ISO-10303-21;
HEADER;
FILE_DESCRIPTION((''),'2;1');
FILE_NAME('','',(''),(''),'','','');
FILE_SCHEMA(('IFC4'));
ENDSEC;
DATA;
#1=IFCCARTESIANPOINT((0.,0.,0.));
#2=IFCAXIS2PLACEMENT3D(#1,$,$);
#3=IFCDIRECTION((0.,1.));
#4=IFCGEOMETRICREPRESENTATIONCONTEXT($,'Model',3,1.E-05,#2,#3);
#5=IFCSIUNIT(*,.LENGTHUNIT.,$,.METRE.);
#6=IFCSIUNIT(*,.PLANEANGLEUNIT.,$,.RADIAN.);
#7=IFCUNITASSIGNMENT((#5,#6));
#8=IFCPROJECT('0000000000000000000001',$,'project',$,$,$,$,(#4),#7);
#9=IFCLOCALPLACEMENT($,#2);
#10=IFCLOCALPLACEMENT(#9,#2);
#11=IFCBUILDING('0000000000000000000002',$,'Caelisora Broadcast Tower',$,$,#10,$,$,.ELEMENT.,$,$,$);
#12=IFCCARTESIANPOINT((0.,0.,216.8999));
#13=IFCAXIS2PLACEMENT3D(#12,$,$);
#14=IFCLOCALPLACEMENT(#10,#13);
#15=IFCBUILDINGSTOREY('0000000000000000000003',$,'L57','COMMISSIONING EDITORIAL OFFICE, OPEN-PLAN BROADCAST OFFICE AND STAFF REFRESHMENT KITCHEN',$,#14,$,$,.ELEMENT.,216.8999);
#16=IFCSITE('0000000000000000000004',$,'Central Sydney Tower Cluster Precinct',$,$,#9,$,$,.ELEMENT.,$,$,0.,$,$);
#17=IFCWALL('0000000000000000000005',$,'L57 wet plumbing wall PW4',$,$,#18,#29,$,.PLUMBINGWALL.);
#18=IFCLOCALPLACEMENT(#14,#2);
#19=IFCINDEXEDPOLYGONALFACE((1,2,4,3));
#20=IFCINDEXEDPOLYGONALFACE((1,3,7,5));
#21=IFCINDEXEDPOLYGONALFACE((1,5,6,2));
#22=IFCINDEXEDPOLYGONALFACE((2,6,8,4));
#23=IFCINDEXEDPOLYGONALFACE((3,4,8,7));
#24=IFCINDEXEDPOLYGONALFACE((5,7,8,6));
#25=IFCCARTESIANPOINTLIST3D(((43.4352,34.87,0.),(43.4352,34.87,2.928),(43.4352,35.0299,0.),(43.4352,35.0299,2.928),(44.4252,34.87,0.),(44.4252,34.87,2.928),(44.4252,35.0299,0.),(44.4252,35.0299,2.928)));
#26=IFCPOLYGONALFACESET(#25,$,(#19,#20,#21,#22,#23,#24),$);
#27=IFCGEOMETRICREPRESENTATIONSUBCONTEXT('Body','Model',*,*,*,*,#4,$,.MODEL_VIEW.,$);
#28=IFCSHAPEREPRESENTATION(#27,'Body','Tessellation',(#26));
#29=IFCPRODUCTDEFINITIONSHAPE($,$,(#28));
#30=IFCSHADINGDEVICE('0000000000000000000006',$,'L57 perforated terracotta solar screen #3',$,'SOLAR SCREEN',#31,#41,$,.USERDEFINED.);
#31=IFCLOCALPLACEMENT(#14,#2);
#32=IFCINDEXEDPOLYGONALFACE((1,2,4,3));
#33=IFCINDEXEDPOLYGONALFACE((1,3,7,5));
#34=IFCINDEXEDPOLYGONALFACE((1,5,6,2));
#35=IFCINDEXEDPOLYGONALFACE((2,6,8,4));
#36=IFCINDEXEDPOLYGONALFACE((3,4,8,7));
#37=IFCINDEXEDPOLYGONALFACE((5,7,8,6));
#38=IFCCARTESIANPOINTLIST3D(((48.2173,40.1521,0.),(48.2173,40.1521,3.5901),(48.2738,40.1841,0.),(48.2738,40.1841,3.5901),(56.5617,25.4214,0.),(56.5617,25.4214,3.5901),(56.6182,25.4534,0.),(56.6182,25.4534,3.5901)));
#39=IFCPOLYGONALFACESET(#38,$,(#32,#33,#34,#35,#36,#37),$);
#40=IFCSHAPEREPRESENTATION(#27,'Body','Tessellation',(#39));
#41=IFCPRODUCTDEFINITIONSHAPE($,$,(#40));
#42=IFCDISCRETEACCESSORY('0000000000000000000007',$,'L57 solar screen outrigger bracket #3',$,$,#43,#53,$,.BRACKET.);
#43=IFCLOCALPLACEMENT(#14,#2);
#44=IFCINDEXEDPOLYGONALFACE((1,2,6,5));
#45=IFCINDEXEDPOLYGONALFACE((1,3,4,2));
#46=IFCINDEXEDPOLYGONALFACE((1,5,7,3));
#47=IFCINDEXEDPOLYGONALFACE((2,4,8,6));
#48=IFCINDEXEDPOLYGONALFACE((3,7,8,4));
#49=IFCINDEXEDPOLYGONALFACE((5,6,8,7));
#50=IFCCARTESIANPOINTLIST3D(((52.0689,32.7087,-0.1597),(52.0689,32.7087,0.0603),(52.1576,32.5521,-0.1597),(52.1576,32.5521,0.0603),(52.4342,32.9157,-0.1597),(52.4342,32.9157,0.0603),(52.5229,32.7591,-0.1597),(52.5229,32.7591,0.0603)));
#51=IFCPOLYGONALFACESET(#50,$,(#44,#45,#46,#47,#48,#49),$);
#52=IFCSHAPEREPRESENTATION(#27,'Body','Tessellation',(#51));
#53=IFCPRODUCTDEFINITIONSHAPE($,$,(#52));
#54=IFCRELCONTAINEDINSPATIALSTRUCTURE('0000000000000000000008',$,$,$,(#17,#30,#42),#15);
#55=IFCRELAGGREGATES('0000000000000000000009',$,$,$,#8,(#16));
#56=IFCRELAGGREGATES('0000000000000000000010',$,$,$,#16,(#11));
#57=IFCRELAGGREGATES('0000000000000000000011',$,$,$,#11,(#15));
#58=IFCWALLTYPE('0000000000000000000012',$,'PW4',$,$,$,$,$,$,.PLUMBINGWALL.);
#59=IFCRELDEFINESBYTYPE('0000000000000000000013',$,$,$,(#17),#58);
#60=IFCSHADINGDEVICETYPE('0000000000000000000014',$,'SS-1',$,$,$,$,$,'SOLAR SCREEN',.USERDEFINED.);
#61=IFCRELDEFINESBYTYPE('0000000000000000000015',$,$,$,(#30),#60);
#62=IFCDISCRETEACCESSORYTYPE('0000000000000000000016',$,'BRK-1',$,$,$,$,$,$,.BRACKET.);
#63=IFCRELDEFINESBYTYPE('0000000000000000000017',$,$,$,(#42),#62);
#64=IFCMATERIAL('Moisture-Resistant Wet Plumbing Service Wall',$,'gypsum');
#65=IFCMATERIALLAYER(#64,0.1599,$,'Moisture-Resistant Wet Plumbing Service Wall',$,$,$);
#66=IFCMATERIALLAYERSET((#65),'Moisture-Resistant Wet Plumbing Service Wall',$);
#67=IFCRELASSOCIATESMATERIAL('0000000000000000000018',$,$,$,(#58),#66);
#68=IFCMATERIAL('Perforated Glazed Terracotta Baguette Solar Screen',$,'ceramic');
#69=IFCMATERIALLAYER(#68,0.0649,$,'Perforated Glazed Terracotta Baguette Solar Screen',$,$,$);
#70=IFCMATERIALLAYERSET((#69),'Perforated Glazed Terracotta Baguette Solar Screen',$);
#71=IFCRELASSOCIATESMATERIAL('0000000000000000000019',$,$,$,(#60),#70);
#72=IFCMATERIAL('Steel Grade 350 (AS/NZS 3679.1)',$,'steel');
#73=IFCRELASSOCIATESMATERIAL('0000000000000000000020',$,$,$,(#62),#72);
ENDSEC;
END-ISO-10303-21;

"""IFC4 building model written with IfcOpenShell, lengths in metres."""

from ifc_helpers import new_model, si_unit, direction, frame, frame_2d, origin, origin_2d, place, context, subcontext, project, spatial, rectangle, extrude, source, transform, mapped, material, layer, layer_set, type_object, type_shapes, element, save


model = new_model("IFC4")

# Units and contexts
model_context = context("Model", 3, precision=1e-05, world=origin(), true_north=direction((0.0, 1.0)))
body_context = subcontext(model_context, "Body", "Model", "MODEL_VIEW")
ifc_project = project(units=[si_unit("LENGTHUNIT", "METRE"), si_unit("PLANEANGLEUNIT", "RADIAN")], contexts=[model_context])

# Site, building, storey
site_placement = place(None, origin())
site = spatial("IfcSite", under=ifc_project, at=site_placement, Name="Central Sydney Tower Cluster Precinct", CompositionType="ELEMENT", RefElevation=0.0)
building_placement = place(site_placement, origin())
building = spatial("IfcBuilding", under=site, at=building_placement, Name="Caelisora Broadcast Tower", CompositionType="ELEMENT")
storey_placement = place(building_placement, frame((0.0, 0.0, 216.8999)))
storey = spatial("IfcBuildingStorey", under=building, at=storey_placement, Name="L57", Description="COMMISSIONING EDITORIAL OFFICE, OPEN-PLAN BROADCAST OFFICE AND STAFF REFRESHMENT KITCHEN", CompositionType="ELEMENT", Elevation=216.8999)

# Shared definitions
ifc_material_1 = material(Name="Steel Grade 350 (AS/NZS 3679.1)", Category="steel")

# Wall
ifc_material_2 = material(Name="Moisture-Resistant Wet Plumbing Service Wall", Category="gypsum")
ifc_layer_1 = layer(ifc_material_2, 0.1599, Name="Moisture-Resistant Wet Plumbing Service Wall")
ifc_layer_set_1 = layer_set([ifc_layer_1], Name="Moisture-Resistant Wet Plumbing Service Wall")
wall_type_1 = type_object("IfcWallType", Name="PW4", PredefinedType="PLUMBINGWALL", material=ifc_layer_set_1)
wall_1_placement = place(storey_placement, frame((43.4351, 34.95, 0.0), z_axis=(0.0, 0.0, 1.0), x_axis=(1.0, 0.0, 0.0)))
element("IfcWall", 1, at=wall_1_placement, inside=storey, type_object=wall_type_1, Name="L57 wet plumbing wall PW4", PredefinedType="PLUMBINGWALL", context=body_context, shape_type="SweptSolid", body=[
    extrude(rectangle(XDim=0.99, YDim=0.1599, at=frame_2d((0.4951, 0.0))), origin(), (0.0, 0.0, 1.0), 2.928),
])

# Shading device
ifc_material_3 = material(Name="Perforated Glazed Terracotta Baguette Solar Screen", Category="ceramic")
ifc_layer_2 = layer(ifc_material_3, 0.0649, Name="Perforated Glazed Terracotta Baguette Solar Screen")
ifc_layer_set_2 = layer_set([ifc_layer_2], Name="Perforated Glazed Terracotta Baguette Solar Screen")
shading_device_type = type_object("IfcShadingDeviceType", Name="SS-1", ElementType="SOLAR SCREEN", PredefinedType="USERDEFINED", material=ifc_layer_set_2)
shared_shape_1 = source(origin(), body_context, "Body", "SweptSolid", [
    extrude(rectangle(XDim=16.9299, YDim=0.0649, at=origin_2d()), origin(), (0.0, 0.0, 1.0), 3.5901),
])
type_shapes(shading_device_type, [shared_shape_1])
shading_device_placement = place(storey_placement, frame((52.4177, 32.8027, 0.0), z_axis=(0.0, 0.0, 1.0), x_axis=(-0.492879, 0.870098, 0.0)))
element("IfcShadingDevice", 2, at=shading_device_placement, inside=storey, type_object=shading_device_type, Name="L57 perforated terracotta solar screen #3", ObjectType="SOLAR SCREEN", PredefinedType="USERDEFINED", context=body_context, shape_type="MappedRepresentation", body=[
    mapped(shared_shape_1, transform((0.0, 0.0, 0.0), scale=1.0)),
])

# Discrete accessory
discrete_accessory_type = type_object("IfcDiscreteAccessoryType", Name="BRK-1", PredefinedType="BRACKET", material=ifc_material_1)
shared_shape_2 = source(origin(), body_context, "Body", "SweptSolid", [
    extrude(rectangle(XDim=0.1799, YDim=0.4199, at=origin_2d()), origin(), (0.0, 0.0, 1.0), 0.22),
])
type_shapes(discrete_accessory_type, [shared_shape_2])
discrete_accessory_placement = place(storey_placement, frame((52.2959, 32.7339, -0.1597), z_axis=(0.0, 0.0, 1.0), x_axis=(-0.492879, 0.870098, 0.0)))
element("IfcDiscreteAccessory", 3, at=discrete_accessory_placement, inside=storey, type_object=discrete_accessory_type, Name="L57 solar screen outrigger bracket #3", PredefinedType="BRACKET", context=body_context, shape_type="MappedRepresentation", body=[
    mapped(shared_shape_2, transform((0.0, 0.0, 0.0), scale=1.0)),
])

save(model, "model.ifc")
